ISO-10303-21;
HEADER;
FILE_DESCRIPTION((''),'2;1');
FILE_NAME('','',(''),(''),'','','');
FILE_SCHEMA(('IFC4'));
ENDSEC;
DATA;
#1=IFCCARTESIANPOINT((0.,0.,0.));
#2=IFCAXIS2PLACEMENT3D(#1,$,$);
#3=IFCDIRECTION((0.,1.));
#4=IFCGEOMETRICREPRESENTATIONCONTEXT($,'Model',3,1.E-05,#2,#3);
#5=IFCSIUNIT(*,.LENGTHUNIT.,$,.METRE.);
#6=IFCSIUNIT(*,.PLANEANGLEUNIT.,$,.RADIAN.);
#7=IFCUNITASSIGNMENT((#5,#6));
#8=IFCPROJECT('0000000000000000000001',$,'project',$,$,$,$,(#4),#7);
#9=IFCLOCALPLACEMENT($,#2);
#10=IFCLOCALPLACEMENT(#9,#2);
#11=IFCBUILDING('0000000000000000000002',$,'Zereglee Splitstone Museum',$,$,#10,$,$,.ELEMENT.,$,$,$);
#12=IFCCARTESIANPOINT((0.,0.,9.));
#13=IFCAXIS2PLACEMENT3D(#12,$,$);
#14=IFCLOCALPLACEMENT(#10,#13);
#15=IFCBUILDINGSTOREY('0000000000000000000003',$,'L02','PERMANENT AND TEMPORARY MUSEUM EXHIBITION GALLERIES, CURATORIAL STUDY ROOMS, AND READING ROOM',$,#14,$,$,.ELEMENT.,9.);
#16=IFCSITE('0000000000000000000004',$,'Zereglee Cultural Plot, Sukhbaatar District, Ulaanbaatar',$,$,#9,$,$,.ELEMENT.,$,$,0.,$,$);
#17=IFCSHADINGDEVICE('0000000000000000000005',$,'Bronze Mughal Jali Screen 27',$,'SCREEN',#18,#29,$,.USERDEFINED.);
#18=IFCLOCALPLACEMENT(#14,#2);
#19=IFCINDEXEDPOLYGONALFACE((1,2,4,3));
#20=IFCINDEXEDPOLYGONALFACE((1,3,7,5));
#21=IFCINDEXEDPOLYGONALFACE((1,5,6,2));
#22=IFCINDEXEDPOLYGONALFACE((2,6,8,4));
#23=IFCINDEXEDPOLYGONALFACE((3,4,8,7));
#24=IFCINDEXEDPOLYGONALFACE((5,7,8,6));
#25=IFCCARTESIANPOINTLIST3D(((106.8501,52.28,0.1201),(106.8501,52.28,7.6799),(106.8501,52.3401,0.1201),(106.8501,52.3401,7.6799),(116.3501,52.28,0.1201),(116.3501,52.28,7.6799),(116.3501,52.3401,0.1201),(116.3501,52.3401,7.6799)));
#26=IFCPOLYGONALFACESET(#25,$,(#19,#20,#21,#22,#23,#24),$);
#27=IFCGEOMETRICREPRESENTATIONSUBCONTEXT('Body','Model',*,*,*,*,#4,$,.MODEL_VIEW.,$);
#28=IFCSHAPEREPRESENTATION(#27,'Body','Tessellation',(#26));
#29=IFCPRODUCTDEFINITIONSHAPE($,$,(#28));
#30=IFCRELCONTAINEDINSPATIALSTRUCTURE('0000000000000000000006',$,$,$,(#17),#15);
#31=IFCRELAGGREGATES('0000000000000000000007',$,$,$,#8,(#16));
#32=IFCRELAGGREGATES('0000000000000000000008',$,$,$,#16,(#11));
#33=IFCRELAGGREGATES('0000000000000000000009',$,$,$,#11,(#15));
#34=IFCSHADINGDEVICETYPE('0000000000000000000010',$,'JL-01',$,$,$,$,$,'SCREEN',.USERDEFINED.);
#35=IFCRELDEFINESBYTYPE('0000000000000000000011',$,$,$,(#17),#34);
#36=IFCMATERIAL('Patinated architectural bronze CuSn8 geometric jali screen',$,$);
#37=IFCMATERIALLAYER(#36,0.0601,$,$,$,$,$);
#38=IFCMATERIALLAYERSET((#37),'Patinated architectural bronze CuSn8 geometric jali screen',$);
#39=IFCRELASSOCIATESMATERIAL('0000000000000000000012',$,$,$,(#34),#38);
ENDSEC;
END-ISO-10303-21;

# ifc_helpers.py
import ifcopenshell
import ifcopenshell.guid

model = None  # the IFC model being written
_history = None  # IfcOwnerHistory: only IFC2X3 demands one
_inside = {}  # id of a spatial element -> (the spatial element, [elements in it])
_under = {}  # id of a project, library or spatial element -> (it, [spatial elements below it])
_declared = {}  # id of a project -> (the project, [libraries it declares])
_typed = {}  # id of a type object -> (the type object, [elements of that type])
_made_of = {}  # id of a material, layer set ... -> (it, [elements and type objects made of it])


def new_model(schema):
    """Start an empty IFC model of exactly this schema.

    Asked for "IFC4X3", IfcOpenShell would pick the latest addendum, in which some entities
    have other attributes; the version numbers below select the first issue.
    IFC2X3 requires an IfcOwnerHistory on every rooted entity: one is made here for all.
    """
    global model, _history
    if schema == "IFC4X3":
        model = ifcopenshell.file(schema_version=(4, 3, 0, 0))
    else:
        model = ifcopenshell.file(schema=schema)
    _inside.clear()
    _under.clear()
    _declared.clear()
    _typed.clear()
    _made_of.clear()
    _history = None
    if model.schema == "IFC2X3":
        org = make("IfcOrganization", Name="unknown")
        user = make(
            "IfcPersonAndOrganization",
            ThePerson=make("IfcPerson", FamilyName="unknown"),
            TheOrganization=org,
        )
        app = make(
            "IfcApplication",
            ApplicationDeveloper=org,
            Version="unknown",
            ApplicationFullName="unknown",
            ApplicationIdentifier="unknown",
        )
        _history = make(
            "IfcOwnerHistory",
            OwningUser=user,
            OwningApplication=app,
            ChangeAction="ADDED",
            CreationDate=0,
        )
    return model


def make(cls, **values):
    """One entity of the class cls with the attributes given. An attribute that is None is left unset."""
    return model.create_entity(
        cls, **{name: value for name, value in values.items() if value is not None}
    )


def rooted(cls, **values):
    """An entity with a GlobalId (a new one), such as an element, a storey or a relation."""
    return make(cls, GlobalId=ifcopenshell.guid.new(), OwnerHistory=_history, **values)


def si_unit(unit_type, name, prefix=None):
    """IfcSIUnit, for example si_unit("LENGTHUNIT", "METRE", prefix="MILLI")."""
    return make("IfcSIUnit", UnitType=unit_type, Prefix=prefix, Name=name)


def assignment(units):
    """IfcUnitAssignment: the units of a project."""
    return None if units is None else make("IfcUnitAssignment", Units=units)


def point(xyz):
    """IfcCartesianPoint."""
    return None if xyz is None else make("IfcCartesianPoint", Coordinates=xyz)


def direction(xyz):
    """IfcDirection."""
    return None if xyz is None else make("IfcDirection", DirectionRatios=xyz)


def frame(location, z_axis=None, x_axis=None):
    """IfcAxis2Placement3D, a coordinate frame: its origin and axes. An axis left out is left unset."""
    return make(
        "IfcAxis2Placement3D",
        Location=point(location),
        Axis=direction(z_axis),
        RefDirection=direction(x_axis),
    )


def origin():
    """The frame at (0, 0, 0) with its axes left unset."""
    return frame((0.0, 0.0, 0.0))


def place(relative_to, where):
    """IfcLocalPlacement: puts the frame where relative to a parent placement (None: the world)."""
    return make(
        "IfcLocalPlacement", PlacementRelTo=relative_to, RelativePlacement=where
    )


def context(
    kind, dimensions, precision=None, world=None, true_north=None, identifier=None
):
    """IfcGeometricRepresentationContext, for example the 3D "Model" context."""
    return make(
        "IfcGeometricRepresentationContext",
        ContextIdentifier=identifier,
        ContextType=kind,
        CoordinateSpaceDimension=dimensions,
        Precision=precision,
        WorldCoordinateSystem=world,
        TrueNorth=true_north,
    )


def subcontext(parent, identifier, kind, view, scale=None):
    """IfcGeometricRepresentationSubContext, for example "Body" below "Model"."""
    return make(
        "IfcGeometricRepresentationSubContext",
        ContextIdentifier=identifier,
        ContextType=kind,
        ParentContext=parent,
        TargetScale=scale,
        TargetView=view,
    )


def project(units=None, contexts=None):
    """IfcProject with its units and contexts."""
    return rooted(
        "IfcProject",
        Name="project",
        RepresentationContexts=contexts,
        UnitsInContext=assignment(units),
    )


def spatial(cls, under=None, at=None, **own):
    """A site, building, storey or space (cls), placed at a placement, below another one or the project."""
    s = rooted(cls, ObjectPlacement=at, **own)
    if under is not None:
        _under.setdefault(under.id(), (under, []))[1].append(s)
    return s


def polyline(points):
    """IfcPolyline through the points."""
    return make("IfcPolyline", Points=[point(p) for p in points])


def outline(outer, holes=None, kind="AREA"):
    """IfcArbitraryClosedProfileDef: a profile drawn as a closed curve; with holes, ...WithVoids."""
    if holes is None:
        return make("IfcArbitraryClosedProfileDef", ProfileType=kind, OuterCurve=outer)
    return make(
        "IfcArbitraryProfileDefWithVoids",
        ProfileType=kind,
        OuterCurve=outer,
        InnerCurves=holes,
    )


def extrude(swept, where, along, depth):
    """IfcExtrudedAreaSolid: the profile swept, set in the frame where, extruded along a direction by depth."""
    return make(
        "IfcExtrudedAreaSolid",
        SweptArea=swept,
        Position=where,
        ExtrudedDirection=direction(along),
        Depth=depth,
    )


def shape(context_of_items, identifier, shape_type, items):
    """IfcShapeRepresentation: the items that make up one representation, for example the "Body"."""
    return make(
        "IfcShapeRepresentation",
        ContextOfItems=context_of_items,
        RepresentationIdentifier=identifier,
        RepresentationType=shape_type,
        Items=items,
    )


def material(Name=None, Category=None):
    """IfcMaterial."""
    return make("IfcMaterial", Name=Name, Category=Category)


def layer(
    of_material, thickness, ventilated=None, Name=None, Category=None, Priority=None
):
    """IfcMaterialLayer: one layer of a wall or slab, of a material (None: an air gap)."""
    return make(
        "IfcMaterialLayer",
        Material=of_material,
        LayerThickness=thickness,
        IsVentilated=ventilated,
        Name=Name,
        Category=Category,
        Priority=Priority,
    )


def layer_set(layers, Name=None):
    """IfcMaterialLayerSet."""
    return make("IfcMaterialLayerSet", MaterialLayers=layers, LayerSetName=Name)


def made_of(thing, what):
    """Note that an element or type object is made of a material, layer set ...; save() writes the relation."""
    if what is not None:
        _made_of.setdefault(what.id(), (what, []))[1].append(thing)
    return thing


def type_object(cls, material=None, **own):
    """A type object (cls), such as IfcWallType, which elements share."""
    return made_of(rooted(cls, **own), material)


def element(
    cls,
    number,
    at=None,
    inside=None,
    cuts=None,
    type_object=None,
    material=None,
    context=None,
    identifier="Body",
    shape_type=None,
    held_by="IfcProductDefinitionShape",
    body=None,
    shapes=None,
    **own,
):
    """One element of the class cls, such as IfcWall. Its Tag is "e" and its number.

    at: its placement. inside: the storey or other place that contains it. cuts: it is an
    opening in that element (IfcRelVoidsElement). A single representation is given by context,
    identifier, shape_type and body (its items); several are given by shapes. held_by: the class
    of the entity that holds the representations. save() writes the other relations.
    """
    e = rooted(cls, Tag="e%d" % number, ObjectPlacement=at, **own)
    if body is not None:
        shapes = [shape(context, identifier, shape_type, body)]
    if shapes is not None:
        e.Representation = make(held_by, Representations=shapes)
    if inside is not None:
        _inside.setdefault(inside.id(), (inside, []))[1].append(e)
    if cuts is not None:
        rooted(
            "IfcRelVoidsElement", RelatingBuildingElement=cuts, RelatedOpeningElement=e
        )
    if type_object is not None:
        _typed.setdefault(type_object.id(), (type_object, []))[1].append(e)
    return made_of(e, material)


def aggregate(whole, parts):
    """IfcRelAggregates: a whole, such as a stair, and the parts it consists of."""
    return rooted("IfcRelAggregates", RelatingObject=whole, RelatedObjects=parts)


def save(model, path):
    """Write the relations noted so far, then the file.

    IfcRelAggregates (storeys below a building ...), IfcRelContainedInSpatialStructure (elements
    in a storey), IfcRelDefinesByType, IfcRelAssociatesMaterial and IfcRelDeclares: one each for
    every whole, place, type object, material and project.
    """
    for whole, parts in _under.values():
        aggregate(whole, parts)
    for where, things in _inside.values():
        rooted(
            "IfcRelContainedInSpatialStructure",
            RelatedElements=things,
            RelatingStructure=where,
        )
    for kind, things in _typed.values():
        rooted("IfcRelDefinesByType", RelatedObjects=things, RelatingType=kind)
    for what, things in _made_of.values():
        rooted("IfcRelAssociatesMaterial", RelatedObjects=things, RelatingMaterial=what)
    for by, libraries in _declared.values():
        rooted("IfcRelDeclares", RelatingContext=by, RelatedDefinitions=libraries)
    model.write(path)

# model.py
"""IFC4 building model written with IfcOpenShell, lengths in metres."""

from ifc_helpers import new_model, si_unit, direction, frame, origin, place, context, subcontext, project, spatial, polyline, outline, extrude, material, layer, layer_set, type_object, element, save


model = new_model("IFC4")

# Units and contexts
model_context = context("Model", 3, precision=1e-05, world=origin(), true_north=direction((0.0, 1.0)))
body_context = subcontext(model_context, "Body", "Model", "MODEL_VIEW")
ifc_project = project(units=[si_unit("LENGTHUNIT", "METRE"), si_unit("PLANEANGLEUNIT", "RADIAN")], contexts=[model_context])

# Site, building, storey
site_placement = place(None, origin())
site = spatial("IfcSite", under=ifc_project, at=site_placement, Name="Zereglee Cultural Plot, Sukhbaatar District, Ulaanbaatar", CompositionType="ELEMENT", RefElevation=0.0)
building_placement = place(site_placement, origin())
building = spatial("IfcBuilding", under=site, at=building_placement, Name="Zereglee Splitstone Museum", CompositionType="ELEMENT")
storey_placement = place(building_placement, frame((0.0, 0.0, 9.0)))
storey = spatial("IfcBuildingStorey", under=building, at=storey_placement, Name="L02", Description="PERMANENT AND TEMPORARY MUSEUM EXHIBITION GALLERIES, CURATORIAL STUDY ROOMS, AND READING ROOM", CompositionType="ELEMENT", Elevation=9.0)

# Shading device
ifc_material_1 = material(Name="Patinated architectural bronze CuSn8 geometric jali screen")
ifc_layer_1 = layer(ifc_material_1, 0.0601)
ifc_layer_set_1 = layer_set([ifc_layer_1], Name="Patinated architectural bronze CuSn8 geometric jali screen")
shading_device_type = type_object("IfcShadingDeviceType", Name="JL-01", ElementType="SCREEN", PredefinedType="USERDEFINED", material=ifc_layer_set_1)
for number, where, z_axis, x_axis, name in (
    (1, (116.3501, 52.28, 0.1201), (0.0, 1.0, 0.0), (-1.0, 0.0, 0.0), "Bronze Mughal Jali Screen 27"),
):
    element("IfcShadingDevice", number, at=place(storey_placement, frame(where, z_axis=z_axis, x_axis=x_axis)), inside=storey, type_object=shading_device_type, Name=name, ObjectType="SCREEN", PredefinedType="USERDEFINED", context=body_context, shape_type="SweptSolid", body=[
        extrude(outline(polyline([(0.0, 0.0), (9.5, 0.0), (9.5, 7.5598), (0.0, 7.5598), (0.0, 0.0)])), origin(), (0.0, 0.0, 1.0), 0.0601),
    ])

save(model, "model.ifc")
